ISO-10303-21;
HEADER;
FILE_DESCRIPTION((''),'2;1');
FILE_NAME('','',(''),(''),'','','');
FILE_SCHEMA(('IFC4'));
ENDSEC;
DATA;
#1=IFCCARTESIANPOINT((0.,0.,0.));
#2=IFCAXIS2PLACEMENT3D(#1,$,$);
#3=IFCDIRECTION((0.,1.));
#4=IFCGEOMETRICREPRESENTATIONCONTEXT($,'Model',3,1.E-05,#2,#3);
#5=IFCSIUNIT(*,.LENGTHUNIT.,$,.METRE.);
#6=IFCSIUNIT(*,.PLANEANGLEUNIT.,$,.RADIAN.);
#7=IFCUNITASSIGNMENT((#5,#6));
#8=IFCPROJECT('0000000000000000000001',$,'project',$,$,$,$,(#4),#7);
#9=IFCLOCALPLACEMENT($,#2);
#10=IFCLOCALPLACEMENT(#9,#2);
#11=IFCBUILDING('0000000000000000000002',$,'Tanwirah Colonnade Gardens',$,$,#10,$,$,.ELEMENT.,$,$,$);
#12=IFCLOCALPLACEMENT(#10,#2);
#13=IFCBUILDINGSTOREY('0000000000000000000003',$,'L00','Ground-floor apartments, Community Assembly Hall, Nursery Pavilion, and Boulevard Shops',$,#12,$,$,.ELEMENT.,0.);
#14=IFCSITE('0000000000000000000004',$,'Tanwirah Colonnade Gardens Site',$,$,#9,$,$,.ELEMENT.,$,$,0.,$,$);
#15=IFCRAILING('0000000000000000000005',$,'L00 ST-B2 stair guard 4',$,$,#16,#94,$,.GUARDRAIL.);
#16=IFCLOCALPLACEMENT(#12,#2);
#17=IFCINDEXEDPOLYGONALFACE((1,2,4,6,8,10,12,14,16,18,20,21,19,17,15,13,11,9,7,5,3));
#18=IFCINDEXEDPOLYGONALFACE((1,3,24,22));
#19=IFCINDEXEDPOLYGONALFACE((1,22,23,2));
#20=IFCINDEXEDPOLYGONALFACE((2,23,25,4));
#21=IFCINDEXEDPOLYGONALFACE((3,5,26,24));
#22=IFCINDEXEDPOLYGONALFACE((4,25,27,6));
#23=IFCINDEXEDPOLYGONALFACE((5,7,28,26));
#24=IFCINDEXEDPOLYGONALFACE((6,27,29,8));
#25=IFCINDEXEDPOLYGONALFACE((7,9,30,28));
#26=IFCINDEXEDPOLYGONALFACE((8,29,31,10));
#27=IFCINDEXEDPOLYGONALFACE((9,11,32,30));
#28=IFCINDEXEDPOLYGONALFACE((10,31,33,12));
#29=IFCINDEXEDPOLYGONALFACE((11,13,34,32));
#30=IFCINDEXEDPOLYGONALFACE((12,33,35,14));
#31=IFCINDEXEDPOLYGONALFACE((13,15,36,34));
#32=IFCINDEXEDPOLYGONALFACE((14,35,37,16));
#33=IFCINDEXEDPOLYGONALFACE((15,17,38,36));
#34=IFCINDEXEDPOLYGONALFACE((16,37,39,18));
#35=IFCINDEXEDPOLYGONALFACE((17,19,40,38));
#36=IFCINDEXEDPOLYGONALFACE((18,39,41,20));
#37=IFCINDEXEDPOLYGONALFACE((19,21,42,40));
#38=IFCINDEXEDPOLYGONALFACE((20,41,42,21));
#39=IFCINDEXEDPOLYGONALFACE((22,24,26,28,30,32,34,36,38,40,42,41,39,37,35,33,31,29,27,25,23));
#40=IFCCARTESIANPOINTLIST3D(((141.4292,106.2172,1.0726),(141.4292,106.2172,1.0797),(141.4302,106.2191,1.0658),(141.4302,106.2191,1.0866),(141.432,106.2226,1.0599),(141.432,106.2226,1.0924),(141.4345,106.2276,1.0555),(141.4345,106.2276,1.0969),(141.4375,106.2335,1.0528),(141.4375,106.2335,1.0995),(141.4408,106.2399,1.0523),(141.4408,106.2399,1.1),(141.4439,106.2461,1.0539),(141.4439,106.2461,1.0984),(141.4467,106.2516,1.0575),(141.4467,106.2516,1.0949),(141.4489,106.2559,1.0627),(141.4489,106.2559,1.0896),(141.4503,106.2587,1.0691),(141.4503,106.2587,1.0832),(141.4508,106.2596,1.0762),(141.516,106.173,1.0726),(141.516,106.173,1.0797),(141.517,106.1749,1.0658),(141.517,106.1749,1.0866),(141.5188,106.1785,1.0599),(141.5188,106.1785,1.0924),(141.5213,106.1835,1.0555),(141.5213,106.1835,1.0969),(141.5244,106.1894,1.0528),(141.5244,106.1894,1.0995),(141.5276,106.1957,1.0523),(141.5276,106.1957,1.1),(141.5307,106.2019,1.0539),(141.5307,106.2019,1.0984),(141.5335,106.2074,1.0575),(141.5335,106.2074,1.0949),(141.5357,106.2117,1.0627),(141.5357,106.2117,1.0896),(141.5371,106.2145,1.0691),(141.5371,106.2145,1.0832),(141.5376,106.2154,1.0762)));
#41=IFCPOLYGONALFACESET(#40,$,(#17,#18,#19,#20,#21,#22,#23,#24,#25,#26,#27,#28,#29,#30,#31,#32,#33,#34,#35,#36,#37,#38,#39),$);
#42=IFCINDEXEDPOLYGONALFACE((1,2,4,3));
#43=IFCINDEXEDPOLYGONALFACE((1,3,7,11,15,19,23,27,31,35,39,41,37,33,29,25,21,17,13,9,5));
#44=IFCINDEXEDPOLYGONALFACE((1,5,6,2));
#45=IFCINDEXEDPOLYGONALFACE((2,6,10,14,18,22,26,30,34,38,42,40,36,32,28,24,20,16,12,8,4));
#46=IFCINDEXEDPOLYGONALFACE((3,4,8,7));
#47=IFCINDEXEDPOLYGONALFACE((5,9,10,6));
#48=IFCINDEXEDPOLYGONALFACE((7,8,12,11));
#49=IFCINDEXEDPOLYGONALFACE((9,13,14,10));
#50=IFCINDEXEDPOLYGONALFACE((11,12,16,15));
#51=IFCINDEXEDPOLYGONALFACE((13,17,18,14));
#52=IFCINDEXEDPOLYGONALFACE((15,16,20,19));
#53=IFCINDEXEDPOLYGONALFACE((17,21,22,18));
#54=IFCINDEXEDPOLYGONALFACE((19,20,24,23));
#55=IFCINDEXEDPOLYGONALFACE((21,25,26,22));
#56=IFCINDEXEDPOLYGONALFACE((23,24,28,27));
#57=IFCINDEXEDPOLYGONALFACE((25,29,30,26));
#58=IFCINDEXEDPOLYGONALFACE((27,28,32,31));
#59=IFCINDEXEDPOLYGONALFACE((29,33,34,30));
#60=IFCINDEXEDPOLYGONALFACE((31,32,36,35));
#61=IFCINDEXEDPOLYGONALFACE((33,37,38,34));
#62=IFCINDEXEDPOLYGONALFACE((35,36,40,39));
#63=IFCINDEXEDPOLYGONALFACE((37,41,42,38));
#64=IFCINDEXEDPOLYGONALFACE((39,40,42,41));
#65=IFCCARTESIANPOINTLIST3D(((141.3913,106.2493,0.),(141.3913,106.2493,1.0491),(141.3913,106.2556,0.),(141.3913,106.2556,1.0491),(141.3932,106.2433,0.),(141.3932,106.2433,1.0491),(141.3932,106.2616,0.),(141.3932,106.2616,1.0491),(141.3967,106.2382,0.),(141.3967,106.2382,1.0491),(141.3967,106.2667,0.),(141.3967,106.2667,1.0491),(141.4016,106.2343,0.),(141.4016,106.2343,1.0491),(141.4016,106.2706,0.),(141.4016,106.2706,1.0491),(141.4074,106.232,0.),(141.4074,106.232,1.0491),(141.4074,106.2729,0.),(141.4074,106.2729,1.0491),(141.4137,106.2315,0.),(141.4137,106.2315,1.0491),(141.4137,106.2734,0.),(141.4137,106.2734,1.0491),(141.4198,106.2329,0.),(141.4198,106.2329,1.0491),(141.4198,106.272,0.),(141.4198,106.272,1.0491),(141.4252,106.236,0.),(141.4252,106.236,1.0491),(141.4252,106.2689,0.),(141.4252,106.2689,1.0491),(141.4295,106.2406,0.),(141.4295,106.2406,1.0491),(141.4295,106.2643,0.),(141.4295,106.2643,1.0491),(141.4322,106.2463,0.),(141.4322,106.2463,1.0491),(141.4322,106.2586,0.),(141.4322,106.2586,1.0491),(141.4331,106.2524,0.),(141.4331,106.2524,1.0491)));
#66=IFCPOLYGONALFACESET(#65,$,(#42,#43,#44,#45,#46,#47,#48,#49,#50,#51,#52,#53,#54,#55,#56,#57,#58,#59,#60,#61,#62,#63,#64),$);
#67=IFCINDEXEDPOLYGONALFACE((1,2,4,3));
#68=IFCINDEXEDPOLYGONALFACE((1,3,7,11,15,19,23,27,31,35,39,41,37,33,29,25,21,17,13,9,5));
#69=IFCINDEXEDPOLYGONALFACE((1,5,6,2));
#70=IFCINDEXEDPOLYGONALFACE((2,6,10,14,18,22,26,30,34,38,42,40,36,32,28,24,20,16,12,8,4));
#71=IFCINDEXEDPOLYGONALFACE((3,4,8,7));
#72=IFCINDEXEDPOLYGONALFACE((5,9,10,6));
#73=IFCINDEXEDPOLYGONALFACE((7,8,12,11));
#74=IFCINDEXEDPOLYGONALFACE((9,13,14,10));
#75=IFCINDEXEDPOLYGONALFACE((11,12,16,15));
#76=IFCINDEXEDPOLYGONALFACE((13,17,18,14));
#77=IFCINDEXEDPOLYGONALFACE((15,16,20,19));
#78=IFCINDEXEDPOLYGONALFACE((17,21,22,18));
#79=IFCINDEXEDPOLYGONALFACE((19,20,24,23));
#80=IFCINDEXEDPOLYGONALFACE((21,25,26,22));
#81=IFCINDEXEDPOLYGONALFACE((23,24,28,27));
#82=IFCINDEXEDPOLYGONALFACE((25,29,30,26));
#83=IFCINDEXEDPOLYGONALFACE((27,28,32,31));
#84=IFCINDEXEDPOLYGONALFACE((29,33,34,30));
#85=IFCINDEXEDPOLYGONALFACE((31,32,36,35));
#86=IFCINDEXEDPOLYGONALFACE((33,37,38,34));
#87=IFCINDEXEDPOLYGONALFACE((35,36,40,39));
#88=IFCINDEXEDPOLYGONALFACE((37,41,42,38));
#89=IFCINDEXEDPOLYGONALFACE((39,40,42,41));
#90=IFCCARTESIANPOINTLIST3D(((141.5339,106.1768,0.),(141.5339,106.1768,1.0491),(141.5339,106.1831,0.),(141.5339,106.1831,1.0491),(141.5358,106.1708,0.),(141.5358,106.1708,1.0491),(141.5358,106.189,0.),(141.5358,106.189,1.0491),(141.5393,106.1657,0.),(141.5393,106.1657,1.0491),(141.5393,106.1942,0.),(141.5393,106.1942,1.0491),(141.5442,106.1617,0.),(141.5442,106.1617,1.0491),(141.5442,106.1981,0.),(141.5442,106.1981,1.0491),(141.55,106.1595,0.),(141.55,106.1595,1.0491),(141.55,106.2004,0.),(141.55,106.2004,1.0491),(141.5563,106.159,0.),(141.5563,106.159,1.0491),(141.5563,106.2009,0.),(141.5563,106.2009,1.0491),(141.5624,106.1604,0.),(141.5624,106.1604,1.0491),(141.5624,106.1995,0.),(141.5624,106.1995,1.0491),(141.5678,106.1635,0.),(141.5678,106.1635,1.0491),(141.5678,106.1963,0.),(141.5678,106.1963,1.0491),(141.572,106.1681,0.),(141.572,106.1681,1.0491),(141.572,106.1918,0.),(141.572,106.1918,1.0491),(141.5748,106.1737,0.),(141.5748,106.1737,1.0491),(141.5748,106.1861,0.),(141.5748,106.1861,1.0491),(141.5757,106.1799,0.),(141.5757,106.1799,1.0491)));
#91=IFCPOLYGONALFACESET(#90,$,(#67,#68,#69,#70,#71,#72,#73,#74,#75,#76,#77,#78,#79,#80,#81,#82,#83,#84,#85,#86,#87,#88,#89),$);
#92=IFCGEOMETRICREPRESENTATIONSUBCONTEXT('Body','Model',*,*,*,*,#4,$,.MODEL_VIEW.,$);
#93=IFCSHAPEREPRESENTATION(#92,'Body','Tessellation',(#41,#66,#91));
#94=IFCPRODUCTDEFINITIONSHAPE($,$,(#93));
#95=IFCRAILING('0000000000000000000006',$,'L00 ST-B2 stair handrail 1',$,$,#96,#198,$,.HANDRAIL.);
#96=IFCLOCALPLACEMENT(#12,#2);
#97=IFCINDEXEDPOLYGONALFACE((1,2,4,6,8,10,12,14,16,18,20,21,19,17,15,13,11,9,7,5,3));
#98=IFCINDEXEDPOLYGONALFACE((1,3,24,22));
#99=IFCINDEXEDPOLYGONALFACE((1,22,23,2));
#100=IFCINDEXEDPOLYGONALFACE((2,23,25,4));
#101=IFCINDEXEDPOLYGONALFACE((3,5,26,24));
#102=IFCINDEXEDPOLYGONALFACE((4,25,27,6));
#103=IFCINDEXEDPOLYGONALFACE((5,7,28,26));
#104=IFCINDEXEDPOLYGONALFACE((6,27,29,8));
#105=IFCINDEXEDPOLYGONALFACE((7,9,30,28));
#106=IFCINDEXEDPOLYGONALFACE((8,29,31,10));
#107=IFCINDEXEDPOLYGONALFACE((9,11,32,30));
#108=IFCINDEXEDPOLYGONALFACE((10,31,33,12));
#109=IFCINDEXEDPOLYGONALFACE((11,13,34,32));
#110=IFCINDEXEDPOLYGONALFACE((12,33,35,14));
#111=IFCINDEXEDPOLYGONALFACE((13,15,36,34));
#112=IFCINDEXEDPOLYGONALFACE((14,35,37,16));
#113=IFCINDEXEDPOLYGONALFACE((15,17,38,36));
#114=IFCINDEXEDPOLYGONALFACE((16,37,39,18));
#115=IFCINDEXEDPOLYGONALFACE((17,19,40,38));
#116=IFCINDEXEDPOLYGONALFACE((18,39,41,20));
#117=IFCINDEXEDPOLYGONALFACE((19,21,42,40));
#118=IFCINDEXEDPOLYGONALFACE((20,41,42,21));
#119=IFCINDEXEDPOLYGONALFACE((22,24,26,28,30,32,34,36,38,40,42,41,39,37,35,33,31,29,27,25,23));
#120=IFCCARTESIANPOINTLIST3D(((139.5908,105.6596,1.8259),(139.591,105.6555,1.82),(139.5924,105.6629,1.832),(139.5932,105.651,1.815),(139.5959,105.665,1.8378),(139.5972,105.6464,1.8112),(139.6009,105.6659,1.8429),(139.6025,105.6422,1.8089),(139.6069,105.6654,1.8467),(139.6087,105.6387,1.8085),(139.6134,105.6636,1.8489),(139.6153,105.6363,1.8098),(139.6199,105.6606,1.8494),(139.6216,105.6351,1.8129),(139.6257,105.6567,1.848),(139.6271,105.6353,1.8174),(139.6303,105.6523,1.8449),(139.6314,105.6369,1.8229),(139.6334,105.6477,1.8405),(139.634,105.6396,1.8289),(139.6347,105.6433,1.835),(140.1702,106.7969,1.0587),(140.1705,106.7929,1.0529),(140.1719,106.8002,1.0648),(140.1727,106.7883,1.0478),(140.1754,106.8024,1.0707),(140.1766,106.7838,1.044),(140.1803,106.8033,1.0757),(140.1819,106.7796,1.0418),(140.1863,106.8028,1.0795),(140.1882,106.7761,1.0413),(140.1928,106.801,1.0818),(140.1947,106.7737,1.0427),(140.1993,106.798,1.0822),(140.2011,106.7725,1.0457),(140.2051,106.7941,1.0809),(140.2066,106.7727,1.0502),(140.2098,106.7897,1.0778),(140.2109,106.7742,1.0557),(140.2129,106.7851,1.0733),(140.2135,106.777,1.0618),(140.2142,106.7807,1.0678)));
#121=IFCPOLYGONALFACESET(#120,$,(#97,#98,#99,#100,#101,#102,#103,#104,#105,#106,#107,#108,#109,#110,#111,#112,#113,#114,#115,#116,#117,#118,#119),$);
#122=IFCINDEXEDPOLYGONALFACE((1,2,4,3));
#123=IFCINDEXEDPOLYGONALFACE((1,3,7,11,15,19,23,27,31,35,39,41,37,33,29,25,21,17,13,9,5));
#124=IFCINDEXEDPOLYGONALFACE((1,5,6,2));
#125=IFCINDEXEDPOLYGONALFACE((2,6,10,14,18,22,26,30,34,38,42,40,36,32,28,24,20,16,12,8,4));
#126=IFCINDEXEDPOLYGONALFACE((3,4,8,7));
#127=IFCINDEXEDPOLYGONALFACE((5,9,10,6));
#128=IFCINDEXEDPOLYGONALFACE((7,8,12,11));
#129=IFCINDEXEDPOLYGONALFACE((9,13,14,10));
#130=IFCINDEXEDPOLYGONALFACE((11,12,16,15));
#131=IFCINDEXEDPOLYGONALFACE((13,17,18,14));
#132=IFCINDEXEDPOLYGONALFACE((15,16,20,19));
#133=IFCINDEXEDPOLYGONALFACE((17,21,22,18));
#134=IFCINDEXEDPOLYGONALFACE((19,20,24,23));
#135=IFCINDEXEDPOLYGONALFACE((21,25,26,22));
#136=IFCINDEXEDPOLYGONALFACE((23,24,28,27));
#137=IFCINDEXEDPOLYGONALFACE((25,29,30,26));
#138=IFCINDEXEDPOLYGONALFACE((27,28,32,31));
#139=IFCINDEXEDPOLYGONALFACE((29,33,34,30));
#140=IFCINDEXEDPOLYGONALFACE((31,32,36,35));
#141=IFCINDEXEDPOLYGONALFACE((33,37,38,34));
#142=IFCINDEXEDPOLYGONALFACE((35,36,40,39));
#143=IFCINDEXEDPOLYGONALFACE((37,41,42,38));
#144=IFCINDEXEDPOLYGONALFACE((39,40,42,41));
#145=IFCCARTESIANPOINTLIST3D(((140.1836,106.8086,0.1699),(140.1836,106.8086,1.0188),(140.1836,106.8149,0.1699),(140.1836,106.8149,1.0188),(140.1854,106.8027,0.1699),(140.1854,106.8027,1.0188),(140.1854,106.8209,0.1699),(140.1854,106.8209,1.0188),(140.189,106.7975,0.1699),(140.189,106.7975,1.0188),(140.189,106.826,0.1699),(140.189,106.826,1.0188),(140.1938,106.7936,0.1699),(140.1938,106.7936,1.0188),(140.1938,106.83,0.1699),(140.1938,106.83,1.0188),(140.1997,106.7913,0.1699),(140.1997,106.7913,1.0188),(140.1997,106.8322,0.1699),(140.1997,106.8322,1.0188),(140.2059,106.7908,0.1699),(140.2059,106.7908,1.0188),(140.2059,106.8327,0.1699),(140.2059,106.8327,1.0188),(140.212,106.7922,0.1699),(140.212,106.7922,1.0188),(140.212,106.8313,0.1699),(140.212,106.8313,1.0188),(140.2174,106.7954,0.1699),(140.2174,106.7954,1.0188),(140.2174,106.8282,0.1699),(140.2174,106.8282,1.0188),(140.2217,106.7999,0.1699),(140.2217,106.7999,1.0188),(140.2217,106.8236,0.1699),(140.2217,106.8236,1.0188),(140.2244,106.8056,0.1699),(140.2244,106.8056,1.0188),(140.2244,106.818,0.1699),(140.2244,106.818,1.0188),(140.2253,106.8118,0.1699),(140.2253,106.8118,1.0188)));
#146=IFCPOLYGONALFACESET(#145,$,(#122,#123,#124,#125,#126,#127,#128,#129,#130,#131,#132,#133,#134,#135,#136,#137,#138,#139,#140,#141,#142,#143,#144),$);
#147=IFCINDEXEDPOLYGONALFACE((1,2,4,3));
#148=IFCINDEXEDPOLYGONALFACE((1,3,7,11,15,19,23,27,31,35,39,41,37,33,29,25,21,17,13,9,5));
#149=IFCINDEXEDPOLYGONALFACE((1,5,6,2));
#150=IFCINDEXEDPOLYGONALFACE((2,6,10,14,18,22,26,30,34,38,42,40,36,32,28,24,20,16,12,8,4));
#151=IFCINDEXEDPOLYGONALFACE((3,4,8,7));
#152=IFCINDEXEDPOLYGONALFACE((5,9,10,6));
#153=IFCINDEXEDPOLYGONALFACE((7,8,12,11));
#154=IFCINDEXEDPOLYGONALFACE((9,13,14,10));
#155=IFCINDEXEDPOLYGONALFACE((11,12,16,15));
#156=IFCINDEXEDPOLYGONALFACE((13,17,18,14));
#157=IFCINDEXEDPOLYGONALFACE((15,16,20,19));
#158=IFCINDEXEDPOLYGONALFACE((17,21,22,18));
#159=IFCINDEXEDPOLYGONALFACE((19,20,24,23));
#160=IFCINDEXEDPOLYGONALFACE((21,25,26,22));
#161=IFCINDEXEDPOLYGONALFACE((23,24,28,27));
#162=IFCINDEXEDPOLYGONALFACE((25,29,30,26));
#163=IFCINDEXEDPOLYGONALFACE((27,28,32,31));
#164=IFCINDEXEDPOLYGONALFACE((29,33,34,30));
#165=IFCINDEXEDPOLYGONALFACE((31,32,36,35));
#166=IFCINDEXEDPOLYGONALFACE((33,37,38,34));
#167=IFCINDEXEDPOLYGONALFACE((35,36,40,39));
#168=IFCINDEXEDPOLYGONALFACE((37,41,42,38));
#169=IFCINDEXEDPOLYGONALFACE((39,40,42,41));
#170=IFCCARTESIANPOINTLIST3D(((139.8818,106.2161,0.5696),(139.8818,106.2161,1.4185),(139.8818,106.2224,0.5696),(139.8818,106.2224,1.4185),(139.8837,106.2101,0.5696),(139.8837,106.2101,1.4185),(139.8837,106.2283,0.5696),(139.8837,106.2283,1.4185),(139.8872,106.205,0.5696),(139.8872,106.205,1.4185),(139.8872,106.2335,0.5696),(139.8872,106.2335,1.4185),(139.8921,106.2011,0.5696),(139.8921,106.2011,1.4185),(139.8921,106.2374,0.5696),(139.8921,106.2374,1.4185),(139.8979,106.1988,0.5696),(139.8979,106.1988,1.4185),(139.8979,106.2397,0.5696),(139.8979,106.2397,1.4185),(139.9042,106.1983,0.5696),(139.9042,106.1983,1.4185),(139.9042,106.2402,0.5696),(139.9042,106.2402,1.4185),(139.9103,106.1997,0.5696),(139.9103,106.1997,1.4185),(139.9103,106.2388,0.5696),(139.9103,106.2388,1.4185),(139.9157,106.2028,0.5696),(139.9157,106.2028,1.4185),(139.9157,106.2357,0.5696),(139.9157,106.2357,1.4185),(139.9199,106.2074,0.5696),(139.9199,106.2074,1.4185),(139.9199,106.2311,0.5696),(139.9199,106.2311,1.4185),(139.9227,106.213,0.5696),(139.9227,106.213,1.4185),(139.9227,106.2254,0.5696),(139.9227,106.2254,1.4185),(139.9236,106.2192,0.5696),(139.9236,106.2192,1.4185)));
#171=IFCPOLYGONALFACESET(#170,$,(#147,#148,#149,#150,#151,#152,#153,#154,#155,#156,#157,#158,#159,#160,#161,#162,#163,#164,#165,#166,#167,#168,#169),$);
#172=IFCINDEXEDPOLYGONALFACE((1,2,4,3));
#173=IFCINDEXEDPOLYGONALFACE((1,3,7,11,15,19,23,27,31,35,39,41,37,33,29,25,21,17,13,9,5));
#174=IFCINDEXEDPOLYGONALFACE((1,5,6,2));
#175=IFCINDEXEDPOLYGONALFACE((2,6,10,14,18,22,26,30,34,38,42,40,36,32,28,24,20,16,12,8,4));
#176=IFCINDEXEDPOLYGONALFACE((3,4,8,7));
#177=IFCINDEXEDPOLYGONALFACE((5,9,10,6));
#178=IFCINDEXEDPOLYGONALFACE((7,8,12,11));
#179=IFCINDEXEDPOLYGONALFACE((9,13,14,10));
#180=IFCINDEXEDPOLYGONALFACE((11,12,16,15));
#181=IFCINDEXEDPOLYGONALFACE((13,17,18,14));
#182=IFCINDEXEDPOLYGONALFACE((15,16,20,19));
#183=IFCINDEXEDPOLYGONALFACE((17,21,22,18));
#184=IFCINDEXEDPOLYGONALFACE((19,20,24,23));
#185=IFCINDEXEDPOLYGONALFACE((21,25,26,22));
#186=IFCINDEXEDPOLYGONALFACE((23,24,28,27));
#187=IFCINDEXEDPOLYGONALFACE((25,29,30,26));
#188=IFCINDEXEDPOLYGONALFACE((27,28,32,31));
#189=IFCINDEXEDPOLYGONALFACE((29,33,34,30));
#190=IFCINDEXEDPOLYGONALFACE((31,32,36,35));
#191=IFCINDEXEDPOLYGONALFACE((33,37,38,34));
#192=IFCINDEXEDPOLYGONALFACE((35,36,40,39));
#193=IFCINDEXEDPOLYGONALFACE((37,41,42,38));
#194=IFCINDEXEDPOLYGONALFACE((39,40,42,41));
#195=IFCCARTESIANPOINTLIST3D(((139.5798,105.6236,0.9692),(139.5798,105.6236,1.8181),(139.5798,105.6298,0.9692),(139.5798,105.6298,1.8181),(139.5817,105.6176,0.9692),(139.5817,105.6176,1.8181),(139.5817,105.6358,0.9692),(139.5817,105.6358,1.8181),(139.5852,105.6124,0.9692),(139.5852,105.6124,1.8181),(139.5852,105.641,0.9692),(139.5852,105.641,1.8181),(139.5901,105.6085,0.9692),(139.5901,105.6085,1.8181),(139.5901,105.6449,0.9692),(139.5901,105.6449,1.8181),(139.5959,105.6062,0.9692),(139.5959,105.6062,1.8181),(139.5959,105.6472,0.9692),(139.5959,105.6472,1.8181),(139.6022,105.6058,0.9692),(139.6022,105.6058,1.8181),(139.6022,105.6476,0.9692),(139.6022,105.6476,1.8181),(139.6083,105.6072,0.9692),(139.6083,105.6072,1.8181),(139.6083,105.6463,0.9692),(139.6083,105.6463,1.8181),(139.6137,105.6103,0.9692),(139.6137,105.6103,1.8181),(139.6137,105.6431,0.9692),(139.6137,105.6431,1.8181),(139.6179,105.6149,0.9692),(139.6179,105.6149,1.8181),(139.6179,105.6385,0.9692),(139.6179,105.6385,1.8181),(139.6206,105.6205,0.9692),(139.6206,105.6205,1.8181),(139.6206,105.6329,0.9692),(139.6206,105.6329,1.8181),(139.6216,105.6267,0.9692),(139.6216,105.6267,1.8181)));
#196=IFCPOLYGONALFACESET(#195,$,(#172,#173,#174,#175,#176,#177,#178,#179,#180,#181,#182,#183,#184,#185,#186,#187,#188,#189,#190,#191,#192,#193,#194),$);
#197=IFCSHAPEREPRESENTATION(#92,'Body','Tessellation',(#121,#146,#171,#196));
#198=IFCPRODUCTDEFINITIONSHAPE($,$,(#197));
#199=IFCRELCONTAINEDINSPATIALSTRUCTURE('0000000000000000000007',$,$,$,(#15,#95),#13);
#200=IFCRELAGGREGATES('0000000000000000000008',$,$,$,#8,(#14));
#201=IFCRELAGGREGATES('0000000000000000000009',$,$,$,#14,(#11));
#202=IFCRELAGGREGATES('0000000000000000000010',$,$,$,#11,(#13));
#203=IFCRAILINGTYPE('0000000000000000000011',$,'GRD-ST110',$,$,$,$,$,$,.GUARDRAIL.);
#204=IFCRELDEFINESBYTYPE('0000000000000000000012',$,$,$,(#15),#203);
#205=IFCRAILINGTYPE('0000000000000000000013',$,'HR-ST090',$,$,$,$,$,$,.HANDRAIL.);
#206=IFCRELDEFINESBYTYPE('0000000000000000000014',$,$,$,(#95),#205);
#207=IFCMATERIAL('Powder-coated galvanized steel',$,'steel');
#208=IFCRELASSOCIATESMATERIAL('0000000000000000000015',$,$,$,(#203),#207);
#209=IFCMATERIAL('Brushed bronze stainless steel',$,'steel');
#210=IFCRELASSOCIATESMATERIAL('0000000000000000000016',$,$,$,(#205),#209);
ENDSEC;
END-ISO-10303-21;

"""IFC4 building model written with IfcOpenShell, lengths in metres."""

from ifc_helpers import new_model, si_unit, direction, frame, origin, origin_2d, place, context, subcontext, project, spatial, circle, extrude, material, type_object, element, save


model = new_model("IFC4")

# Units and contexts
model_context = context("Model", 3, precision=1e-05, world=origin(), true_north=direction((0.0, 1.0)))
body_context = subcontext(model_context, "Body", "Model", "MODEL_VIEW")
ifc_project = project(units=[si_unit("LENGTHUNIT", "METRE"), si_unit("PLANEANGLEUNIT", "RADIAN")], contexts=[model_context])

# Site, building, storey
site_placement = place(None, origin())
site = spatial("IfcSite", under=ifc_project, at=site_placement, Name="Tanwirah Colonnade Gardens Site", CompositionType="ELEMENT", RefElevation=0.0)
building_placement = place(site_placement, origin())
building = spatial("IfcBuilding", under=site, at=building_placement, Name="Tanwirah Colonnade Gardens", CompositionType="ELEMENT")
storey_placement = place(building_placement, origin())
storey = spatial("IfcBuildingStorey", under=building, at=storey_placement, Name="L00", Description="Ground-floor apartments, Community Assembly Hall, Nursery Pavilion, and Boulevard Shops", CompositionType="ELEMENT", Elevation=0.0)

# Railings
ifc_material_1 = material(Name="Powder-coated galvanized steel", Category="steel")
railing_type_1 = type_object("IfcRailingType", Name="GRD-ST110", PredefinedType="GUARDRAIL", material=ifc_material_1)
railing_1_placement = place(storey_placement, frame((141.4121, 106.2524, 0.0)))
element("IfcRailing", 1, at=railing_1_placement, inside=storey, type_object=railing_type_1, Name="L00 ST-B2 stair guard 4", PredefinedType="GUARDRAIL", context=body_context, shape_type="SweptSolid", body=[
    extrude(circle(Radius=0.0239, at=origin_2d()), frame((0.0278, -0.0142, 1.0762), z_axis=(0.891354, -0.453308, 0.0), x_axis=(0.453308, 0.891354, 0.0)), (0.0, 0.0, 1.0), 0.0974),
    extrude(circle(Radius=0.021, at=origin_2d()), origin(), (0.0, 0.0, 1.0), 1.0491),
    extrude(circle(Radius=0.021, at=origin_2d()), frame((0.1426, -0.0725, 0.0)), (0.0, 0.0, 1.0), 1.0491),
])
ifc_material_2 = material(Name="Brushed bronze stainless steel", Category="steel")
railing_type_2 = type_object("IfcRailingType", Name="HR-ST090", PredefinedType="HANDRAIL", material=ifc_material_2)
for number, where, name in (
    (2, (140.2043, 106.8118, 0.1699), "L00 ST-B2 stair handrail 1"),
):
    element("IfcRailing", number, at=place(storey_placement, frame(where)), inside=storey, type_object=railing_type_2, Name=name, PredefinedType="HANDRAIL", context=body_context, shape_type="SweptSolid", body=[
        extrude(circle(Radius=0.0239, at=origin_2d()), frame((-0.0122, -0.0239, 0.8918), z_axis=(-0.389094, -0.763713, 0.515121), x_axis=(0.891024, -0.453956, 0.0)), (0.0, 0.0, 1.0), 1.4893),
        extrude(circle(Radius=0.021, at=origin_2d()), origin(), (0.0, 0.0, 1.0), 0.8489),
        extrude(circle(Radius=0.021, at=origin_2d()), frame((-0.3018, -0.5925, 0.3997)), (0.0, 0.0, 1.0), 0.8489),
        extrude(circle(Radius=0.021, at=origin_2d()), frame((-0.6038, -1.1851, 0.7993)), (0.0, 0.0, 1.0), 0.8489),
    ])

save(model, "model.ifc")
